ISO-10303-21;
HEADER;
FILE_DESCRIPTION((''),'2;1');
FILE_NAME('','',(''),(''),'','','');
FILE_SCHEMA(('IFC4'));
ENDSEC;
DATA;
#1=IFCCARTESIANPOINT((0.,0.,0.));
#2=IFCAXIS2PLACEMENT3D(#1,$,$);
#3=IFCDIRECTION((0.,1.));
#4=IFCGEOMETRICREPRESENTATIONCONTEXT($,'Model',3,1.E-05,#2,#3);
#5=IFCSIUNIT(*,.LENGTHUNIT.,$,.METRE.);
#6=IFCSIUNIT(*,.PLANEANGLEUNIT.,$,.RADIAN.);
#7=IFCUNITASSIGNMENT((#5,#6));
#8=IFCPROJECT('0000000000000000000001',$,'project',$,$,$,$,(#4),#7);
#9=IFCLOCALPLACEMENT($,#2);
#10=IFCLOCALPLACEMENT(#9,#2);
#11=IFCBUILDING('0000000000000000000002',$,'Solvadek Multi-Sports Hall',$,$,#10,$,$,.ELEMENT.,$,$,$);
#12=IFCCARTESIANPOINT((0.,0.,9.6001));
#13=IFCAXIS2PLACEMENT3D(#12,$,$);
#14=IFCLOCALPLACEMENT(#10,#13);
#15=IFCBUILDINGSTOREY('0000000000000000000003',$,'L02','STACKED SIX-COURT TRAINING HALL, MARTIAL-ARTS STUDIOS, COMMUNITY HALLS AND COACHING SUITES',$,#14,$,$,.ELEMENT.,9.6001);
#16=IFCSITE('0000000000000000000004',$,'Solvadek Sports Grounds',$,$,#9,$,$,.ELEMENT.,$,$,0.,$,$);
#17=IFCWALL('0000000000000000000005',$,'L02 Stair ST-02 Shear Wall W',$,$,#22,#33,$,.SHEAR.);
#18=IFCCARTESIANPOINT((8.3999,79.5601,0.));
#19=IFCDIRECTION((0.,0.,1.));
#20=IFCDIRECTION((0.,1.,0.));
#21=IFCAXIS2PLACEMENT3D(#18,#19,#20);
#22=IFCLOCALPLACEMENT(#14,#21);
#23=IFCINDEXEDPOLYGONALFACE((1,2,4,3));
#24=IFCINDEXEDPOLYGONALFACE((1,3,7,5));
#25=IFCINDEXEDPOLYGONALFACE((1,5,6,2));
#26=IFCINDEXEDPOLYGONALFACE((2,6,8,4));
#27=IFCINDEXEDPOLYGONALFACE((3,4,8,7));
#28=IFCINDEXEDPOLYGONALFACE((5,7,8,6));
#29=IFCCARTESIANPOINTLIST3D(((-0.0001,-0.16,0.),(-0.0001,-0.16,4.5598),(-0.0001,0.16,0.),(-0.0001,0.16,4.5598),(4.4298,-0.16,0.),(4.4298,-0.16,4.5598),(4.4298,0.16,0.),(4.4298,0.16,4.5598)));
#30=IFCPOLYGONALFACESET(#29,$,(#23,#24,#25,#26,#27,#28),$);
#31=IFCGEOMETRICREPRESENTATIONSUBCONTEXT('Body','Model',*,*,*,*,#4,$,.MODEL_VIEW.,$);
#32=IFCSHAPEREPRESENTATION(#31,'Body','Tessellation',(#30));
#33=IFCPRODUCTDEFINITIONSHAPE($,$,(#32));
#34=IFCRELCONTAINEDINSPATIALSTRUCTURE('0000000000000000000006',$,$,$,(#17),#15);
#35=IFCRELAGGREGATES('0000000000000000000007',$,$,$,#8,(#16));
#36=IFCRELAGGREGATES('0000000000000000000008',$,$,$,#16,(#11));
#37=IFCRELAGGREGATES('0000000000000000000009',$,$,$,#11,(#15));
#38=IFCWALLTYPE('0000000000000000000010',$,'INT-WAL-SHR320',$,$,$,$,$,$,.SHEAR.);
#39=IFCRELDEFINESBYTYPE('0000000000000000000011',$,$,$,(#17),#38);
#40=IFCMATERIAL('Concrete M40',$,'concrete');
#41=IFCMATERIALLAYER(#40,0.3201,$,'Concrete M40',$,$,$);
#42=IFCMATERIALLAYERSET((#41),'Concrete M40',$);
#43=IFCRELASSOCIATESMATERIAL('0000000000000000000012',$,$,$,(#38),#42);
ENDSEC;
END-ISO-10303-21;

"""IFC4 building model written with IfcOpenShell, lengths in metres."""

from ifc_helpers import new_model, si_unit, direction, frame, frame_2d, origin, place, context, subcontext, project, spatial, rectangle, extrude, material, layer, layer_set, type_object, element, save


model = new_model("IFC4")

# Units and contexts
model_context = context("Model", 3, precision=1e-05, world=origin(), true_north=direction((0.0, 1.0)))
body_context = subcontext(model_context, "Body", "Model", "MODEL_VIEW")
ifc_project = project(units=[si_unit("LENGTHUNIT", "METRE"), si_unit("PLANEANGLEUNIT", "RADIAN")], contexts=[model_context])

# Site, building, storey
site_placement = place(None, origin())
site = spatial("IfcSite", under=ifc_project, at=site_placement, Name="Solvadek Sports Grounds", CompositionType="ELEMENT", RefElevation=0.0)
building_placement = place(site_placement, origin())
building = spatial("IfcBuilding", under=site, at=building_placement, Name="Solvadek Multi-Sports Hall", CompositionType="ELEMENT")
storey_placement = place(building_placement, frame((0.0, 0.0, 9.6001)))
storey = spatial("IfcBuildingStorey", under=building, at=storey_placement, Name="L02", Description="STACKED SIX-COURT TRAINING HALL, MARTIAL-ARTS STUDIOS, COMMUNITY HALLS AND COACHING SUITES", CompositionType="ELEMENT", Elevation=9.6001)

# Wall
ifc_material_1 = material(Name="Concrete M40", Category="concrete")
ifc_layer_1 = layer(ifc_material_1, 0.3201, Name="Concrete M40")
ifc_layer_set_1 = layer_set([ifc_layer_1], Name="Concrete M40")
wall_type_1 = type_object("IfcWallType", Name="INT-WAL-SHR320", PredefinedType="SHEAR", material=ifc_layer_set_1)
wall_1_placement = place(storey_placement, frame((8.3999, 79.5601, 0.0), z_axis=(0.0, 0.0, 1.0), x_axis=(0.0, 1.0, 0.0)))
element("IfcWall", 1, at=wall_1_placement, inside=storey, type_object=wall_type_1, Name="L02 Stair ST-02 Shear Wall W", PredefinedType="SHEAR", context=body_context, shape_type="SweptSolid", body=[
    extrude(rectangle(XDim=4.4299, YDim=0.3201, at=frame_2d((2.2148, 0.0))), origin(), (0.0, 0.0, 1.0), 4.5598),
])

save(model, "model.ifc")
